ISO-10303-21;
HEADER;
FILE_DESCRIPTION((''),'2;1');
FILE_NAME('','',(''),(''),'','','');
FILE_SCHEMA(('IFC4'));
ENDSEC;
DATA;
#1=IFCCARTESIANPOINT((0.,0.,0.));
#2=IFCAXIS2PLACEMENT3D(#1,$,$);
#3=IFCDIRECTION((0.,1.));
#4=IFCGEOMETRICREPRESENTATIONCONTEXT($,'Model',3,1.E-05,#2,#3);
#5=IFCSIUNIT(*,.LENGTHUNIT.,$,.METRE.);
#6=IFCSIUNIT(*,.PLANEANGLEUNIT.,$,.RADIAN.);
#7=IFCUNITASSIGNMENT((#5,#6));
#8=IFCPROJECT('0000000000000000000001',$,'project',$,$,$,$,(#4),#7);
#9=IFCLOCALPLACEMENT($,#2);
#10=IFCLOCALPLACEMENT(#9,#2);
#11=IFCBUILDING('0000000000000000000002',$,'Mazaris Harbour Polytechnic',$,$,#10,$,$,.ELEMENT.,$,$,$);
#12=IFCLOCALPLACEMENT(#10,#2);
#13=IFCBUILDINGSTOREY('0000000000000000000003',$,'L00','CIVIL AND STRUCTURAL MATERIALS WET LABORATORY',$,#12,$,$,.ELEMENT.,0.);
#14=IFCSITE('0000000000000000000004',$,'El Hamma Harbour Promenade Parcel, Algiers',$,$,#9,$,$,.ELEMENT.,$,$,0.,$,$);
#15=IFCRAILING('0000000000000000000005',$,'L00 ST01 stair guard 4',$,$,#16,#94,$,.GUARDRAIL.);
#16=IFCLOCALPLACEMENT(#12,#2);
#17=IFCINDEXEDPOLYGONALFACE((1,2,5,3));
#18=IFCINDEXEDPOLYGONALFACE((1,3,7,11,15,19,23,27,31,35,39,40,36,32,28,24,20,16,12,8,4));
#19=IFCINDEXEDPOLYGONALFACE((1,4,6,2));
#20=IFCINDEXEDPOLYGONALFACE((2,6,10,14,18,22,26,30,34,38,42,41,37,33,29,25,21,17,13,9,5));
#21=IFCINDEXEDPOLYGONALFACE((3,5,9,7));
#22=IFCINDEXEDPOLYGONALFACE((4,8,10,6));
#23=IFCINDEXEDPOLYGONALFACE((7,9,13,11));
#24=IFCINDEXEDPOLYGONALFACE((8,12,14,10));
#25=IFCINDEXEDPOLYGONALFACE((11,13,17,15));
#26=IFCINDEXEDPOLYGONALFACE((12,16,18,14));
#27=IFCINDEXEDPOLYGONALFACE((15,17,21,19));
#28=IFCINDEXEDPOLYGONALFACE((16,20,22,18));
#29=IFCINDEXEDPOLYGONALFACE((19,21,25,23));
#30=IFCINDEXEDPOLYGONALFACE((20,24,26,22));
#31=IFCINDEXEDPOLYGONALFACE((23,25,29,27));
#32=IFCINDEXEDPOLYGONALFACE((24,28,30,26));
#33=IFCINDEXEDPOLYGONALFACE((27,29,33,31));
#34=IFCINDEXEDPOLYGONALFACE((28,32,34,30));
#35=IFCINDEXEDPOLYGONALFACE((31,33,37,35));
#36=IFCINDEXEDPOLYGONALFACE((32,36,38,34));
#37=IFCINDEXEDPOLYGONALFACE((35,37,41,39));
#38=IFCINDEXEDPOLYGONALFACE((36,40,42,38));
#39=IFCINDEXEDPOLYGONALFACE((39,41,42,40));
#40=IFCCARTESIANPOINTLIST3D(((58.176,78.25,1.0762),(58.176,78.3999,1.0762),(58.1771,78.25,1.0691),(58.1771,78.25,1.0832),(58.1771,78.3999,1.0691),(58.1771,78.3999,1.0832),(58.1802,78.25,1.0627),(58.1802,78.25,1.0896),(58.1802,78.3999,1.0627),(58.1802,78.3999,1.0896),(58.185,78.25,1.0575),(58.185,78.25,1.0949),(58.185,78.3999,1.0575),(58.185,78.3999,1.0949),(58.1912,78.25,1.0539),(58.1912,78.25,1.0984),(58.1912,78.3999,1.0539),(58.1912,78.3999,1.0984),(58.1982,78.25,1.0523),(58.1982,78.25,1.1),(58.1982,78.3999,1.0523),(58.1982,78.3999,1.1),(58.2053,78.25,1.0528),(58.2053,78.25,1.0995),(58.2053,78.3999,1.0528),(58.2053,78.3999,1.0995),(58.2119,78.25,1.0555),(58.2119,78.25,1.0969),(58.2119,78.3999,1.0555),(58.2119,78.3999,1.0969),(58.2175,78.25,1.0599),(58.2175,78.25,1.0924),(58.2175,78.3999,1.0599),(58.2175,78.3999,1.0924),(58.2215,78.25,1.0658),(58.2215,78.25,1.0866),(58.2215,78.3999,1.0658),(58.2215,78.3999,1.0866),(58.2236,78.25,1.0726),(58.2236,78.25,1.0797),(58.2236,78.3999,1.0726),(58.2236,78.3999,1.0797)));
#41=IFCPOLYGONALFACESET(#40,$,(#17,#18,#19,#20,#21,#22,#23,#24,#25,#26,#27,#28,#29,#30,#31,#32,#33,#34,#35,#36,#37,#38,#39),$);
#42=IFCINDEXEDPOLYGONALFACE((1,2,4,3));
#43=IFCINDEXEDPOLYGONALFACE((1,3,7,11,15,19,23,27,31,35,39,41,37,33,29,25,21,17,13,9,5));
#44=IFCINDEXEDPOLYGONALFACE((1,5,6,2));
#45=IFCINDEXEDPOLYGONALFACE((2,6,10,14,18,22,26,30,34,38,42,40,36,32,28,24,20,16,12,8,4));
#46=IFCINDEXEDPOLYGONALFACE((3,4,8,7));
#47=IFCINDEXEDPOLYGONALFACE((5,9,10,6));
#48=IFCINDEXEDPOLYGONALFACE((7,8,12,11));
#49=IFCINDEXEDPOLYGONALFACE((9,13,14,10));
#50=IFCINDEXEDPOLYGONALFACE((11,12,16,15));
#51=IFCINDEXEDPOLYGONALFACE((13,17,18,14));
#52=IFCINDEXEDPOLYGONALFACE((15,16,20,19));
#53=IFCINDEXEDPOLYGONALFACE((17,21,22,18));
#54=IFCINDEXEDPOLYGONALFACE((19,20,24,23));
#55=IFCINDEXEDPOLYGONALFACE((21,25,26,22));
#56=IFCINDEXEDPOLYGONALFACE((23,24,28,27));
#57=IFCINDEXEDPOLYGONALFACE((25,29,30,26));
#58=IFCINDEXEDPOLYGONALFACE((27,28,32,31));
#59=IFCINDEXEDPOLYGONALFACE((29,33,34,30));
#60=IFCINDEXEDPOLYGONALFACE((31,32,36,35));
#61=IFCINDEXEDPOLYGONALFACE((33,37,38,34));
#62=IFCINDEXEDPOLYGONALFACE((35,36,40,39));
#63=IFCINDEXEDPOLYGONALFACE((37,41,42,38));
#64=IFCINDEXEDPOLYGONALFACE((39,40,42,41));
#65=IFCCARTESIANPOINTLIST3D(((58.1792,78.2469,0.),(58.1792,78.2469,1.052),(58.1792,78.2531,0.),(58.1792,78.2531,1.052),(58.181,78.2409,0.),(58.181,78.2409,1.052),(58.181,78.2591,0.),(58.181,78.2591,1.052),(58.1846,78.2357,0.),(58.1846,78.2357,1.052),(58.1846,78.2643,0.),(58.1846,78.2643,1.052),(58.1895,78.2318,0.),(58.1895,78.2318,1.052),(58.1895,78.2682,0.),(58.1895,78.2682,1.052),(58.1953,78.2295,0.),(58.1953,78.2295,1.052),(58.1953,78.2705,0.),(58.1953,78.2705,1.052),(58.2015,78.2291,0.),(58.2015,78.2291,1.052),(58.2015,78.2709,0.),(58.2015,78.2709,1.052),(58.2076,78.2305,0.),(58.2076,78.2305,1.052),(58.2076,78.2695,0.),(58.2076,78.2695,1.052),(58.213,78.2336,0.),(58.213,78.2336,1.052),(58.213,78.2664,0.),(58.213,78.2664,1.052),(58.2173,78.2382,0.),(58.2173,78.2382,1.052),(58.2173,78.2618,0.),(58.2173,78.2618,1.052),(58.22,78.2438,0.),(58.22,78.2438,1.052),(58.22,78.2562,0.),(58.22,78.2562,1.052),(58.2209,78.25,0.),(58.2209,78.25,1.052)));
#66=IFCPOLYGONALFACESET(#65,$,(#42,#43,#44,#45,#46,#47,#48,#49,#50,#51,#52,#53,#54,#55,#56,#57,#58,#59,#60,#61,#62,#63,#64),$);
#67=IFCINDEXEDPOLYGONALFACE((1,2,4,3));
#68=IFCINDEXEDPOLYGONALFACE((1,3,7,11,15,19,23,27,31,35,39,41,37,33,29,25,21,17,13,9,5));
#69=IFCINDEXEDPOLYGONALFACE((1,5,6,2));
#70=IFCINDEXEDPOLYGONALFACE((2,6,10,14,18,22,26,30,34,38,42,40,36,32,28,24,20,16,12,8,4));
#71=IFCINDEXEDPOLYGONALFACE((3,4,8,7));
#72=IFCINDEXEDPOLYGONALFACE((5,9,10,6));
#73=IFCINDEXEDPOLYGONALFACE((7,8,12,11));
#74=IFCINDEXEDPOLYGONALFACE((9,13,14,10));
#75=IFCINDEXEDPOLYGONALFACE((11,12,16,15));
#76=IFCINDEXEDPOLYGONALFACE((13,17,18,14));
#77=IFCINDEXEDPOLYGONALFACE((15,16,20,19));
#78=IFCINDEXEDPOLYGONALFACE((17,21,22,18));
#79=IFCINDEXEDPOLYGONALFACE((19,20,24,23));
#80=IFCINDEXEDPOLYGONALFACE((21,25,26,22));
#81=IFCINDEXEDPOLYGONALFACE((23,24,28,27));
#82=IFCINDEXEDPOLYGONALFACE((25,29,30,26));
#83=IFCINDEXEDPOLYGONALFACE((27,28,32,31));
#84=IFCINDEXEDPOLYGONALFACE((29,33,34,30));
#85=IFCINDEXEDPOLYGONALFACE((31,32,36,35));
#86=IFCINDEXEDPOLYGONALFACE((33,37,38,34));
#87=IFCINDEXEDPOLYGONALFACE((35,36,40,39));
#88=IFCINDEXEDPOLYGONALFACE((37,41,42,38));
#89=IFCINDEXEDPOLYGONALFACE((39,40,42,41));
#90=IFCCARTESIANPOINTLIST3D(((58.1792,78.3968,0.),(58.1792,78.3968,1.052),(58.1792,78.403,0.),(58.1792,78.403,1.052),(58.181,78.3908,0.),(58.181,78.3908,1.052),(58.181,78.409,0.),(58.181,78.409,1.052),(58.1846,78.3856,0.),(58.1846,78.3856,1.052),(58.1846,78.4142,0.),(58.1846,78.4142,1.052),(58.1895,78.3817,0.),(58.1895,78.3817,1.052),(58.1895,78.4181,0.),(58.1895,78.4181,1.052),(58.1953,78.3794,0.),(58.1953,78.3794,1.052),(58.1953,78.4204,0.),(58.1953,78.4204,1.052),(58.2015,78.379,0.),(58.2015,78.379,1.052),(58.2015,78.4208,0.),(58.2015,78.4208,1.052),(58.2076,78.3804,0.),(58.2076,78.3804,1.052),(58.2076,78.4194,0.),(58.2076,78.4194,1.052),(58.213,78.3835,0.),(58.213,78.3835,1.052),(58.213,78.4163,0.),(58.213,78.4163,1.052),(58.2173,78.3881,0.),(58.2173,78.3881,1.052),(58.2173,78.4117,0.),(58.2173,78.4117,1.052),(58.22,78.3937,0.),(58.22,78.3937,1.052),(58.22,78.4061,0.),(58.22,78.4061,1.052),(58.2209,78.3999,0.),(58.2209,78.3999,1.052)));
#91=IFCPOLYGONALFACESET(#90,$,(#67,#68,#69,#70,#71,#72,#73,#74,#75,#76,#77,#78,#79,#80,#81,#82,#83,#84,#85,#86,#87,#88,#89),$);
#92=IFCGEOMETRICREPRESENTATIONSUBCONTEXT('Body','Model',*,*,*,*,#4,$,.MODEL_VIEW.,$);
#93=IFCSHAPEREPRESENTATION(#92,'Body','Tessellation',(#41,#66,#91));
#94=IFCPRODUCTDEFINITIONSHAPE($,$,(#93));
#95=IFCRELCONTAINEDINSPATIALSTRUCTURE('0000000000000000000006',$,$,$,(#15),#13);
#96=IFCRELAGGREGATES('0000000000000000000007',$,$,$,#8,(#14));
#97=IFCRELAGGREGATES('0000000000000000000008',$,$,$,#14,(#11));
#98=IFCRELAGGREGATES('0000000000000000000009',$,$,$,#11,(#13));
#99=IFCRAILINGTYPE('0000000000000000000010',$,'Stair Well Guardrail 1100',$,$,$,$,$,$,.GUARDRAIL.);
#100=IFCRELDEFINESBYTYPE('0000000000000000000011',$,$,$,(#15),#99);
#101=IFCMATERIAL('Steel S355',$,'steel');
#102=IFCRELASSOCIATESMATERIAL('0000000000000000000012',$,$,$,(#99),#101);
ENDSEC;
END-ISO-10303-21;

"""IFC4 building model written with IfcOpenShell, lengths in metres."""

from ifc_helpers import new_model, si_unit, direction, frame, origin, origin_2d, place, context, subcontext, project, spatial, circle, extrude, material, type_object, element, save


model = new_model("IFC4")

# Units and contexts
model_context = context("Model", 3, precision=1e-05, world=origin(), true_north=direction((0.0, 1.0)))
body_context = subcontext(model_context, "Body", "Model", "MODEL_VIEW")
ifc_project = project(units=[si_unit("LENGTHUNIT", "METRE"), si_unit("PLANEANGLEUNIT", "RADIAN")], contexts=[model_context])

# Site, building, storey
site_placement = place(None, origin())
site = spatial("IfcSite", under=ifc_project, at=site_placement, Name="El Hamma Harbour Promenade Parcel, Algiers", CompositionType="ELEMENT", RefElevation=0.0)
building_placement = place(site_placement, origin())
building = spatial("IfcBuilding", under=site, at=building_placement, Name="Mazaris Harbour Polytechnic", CompositionType="ELEMENT")
storey_placement = place(building_placement, origin())
storey = spatial("IfcBuildingStorey", under=building, at=storey_placement, Name="L00", Description="CIVIL AND STRUCTURAL MATERIALS WET LABORATORY", CompositionType="ELEMENT", Elevation=0.0)

# Railing
ifc_material_1 = material(Name="Steel S355", Category="steel")
railing_type_1 = type_object("IfcRailingType", Name="Stair Well Guardrail 1100", PredefinedType="GUARDRAIL", material=ifc_material_1)
railing_1_placement = place(storey_placement, frame((58.2, 78.25, 0.0)))
element("IfcRailing", 1, at=railing_1_placement, inside=storey, type_object=railing_type_1, Name="L00 ST01 stair guard 4", PredefinedType="GUARDRAIL", context=body_context, shape_type="SweptSolid", body=[
    extrude(circle(Radius=0.0239, at=origin_2d()), frame((0.0, 0.0, 1.0762), z_axis=(0.0, 1.0, 0.0), x_axis=(-1.0, 0.0, 0.0)), (0.0, 0.0, 1.0), 0.1499),
    extrude(circle(Radius=0.021, at=origin_2d()), origin(), (0.0, 0.0, 1.0), 1.052),
    extrude(circle(Radius=0.021, at=origin_2d()), frame((0.0, 0.1499, 0.0)), (0.0, 0.0, 1.0), 1.052),
])

save(model, "model.ifc")
